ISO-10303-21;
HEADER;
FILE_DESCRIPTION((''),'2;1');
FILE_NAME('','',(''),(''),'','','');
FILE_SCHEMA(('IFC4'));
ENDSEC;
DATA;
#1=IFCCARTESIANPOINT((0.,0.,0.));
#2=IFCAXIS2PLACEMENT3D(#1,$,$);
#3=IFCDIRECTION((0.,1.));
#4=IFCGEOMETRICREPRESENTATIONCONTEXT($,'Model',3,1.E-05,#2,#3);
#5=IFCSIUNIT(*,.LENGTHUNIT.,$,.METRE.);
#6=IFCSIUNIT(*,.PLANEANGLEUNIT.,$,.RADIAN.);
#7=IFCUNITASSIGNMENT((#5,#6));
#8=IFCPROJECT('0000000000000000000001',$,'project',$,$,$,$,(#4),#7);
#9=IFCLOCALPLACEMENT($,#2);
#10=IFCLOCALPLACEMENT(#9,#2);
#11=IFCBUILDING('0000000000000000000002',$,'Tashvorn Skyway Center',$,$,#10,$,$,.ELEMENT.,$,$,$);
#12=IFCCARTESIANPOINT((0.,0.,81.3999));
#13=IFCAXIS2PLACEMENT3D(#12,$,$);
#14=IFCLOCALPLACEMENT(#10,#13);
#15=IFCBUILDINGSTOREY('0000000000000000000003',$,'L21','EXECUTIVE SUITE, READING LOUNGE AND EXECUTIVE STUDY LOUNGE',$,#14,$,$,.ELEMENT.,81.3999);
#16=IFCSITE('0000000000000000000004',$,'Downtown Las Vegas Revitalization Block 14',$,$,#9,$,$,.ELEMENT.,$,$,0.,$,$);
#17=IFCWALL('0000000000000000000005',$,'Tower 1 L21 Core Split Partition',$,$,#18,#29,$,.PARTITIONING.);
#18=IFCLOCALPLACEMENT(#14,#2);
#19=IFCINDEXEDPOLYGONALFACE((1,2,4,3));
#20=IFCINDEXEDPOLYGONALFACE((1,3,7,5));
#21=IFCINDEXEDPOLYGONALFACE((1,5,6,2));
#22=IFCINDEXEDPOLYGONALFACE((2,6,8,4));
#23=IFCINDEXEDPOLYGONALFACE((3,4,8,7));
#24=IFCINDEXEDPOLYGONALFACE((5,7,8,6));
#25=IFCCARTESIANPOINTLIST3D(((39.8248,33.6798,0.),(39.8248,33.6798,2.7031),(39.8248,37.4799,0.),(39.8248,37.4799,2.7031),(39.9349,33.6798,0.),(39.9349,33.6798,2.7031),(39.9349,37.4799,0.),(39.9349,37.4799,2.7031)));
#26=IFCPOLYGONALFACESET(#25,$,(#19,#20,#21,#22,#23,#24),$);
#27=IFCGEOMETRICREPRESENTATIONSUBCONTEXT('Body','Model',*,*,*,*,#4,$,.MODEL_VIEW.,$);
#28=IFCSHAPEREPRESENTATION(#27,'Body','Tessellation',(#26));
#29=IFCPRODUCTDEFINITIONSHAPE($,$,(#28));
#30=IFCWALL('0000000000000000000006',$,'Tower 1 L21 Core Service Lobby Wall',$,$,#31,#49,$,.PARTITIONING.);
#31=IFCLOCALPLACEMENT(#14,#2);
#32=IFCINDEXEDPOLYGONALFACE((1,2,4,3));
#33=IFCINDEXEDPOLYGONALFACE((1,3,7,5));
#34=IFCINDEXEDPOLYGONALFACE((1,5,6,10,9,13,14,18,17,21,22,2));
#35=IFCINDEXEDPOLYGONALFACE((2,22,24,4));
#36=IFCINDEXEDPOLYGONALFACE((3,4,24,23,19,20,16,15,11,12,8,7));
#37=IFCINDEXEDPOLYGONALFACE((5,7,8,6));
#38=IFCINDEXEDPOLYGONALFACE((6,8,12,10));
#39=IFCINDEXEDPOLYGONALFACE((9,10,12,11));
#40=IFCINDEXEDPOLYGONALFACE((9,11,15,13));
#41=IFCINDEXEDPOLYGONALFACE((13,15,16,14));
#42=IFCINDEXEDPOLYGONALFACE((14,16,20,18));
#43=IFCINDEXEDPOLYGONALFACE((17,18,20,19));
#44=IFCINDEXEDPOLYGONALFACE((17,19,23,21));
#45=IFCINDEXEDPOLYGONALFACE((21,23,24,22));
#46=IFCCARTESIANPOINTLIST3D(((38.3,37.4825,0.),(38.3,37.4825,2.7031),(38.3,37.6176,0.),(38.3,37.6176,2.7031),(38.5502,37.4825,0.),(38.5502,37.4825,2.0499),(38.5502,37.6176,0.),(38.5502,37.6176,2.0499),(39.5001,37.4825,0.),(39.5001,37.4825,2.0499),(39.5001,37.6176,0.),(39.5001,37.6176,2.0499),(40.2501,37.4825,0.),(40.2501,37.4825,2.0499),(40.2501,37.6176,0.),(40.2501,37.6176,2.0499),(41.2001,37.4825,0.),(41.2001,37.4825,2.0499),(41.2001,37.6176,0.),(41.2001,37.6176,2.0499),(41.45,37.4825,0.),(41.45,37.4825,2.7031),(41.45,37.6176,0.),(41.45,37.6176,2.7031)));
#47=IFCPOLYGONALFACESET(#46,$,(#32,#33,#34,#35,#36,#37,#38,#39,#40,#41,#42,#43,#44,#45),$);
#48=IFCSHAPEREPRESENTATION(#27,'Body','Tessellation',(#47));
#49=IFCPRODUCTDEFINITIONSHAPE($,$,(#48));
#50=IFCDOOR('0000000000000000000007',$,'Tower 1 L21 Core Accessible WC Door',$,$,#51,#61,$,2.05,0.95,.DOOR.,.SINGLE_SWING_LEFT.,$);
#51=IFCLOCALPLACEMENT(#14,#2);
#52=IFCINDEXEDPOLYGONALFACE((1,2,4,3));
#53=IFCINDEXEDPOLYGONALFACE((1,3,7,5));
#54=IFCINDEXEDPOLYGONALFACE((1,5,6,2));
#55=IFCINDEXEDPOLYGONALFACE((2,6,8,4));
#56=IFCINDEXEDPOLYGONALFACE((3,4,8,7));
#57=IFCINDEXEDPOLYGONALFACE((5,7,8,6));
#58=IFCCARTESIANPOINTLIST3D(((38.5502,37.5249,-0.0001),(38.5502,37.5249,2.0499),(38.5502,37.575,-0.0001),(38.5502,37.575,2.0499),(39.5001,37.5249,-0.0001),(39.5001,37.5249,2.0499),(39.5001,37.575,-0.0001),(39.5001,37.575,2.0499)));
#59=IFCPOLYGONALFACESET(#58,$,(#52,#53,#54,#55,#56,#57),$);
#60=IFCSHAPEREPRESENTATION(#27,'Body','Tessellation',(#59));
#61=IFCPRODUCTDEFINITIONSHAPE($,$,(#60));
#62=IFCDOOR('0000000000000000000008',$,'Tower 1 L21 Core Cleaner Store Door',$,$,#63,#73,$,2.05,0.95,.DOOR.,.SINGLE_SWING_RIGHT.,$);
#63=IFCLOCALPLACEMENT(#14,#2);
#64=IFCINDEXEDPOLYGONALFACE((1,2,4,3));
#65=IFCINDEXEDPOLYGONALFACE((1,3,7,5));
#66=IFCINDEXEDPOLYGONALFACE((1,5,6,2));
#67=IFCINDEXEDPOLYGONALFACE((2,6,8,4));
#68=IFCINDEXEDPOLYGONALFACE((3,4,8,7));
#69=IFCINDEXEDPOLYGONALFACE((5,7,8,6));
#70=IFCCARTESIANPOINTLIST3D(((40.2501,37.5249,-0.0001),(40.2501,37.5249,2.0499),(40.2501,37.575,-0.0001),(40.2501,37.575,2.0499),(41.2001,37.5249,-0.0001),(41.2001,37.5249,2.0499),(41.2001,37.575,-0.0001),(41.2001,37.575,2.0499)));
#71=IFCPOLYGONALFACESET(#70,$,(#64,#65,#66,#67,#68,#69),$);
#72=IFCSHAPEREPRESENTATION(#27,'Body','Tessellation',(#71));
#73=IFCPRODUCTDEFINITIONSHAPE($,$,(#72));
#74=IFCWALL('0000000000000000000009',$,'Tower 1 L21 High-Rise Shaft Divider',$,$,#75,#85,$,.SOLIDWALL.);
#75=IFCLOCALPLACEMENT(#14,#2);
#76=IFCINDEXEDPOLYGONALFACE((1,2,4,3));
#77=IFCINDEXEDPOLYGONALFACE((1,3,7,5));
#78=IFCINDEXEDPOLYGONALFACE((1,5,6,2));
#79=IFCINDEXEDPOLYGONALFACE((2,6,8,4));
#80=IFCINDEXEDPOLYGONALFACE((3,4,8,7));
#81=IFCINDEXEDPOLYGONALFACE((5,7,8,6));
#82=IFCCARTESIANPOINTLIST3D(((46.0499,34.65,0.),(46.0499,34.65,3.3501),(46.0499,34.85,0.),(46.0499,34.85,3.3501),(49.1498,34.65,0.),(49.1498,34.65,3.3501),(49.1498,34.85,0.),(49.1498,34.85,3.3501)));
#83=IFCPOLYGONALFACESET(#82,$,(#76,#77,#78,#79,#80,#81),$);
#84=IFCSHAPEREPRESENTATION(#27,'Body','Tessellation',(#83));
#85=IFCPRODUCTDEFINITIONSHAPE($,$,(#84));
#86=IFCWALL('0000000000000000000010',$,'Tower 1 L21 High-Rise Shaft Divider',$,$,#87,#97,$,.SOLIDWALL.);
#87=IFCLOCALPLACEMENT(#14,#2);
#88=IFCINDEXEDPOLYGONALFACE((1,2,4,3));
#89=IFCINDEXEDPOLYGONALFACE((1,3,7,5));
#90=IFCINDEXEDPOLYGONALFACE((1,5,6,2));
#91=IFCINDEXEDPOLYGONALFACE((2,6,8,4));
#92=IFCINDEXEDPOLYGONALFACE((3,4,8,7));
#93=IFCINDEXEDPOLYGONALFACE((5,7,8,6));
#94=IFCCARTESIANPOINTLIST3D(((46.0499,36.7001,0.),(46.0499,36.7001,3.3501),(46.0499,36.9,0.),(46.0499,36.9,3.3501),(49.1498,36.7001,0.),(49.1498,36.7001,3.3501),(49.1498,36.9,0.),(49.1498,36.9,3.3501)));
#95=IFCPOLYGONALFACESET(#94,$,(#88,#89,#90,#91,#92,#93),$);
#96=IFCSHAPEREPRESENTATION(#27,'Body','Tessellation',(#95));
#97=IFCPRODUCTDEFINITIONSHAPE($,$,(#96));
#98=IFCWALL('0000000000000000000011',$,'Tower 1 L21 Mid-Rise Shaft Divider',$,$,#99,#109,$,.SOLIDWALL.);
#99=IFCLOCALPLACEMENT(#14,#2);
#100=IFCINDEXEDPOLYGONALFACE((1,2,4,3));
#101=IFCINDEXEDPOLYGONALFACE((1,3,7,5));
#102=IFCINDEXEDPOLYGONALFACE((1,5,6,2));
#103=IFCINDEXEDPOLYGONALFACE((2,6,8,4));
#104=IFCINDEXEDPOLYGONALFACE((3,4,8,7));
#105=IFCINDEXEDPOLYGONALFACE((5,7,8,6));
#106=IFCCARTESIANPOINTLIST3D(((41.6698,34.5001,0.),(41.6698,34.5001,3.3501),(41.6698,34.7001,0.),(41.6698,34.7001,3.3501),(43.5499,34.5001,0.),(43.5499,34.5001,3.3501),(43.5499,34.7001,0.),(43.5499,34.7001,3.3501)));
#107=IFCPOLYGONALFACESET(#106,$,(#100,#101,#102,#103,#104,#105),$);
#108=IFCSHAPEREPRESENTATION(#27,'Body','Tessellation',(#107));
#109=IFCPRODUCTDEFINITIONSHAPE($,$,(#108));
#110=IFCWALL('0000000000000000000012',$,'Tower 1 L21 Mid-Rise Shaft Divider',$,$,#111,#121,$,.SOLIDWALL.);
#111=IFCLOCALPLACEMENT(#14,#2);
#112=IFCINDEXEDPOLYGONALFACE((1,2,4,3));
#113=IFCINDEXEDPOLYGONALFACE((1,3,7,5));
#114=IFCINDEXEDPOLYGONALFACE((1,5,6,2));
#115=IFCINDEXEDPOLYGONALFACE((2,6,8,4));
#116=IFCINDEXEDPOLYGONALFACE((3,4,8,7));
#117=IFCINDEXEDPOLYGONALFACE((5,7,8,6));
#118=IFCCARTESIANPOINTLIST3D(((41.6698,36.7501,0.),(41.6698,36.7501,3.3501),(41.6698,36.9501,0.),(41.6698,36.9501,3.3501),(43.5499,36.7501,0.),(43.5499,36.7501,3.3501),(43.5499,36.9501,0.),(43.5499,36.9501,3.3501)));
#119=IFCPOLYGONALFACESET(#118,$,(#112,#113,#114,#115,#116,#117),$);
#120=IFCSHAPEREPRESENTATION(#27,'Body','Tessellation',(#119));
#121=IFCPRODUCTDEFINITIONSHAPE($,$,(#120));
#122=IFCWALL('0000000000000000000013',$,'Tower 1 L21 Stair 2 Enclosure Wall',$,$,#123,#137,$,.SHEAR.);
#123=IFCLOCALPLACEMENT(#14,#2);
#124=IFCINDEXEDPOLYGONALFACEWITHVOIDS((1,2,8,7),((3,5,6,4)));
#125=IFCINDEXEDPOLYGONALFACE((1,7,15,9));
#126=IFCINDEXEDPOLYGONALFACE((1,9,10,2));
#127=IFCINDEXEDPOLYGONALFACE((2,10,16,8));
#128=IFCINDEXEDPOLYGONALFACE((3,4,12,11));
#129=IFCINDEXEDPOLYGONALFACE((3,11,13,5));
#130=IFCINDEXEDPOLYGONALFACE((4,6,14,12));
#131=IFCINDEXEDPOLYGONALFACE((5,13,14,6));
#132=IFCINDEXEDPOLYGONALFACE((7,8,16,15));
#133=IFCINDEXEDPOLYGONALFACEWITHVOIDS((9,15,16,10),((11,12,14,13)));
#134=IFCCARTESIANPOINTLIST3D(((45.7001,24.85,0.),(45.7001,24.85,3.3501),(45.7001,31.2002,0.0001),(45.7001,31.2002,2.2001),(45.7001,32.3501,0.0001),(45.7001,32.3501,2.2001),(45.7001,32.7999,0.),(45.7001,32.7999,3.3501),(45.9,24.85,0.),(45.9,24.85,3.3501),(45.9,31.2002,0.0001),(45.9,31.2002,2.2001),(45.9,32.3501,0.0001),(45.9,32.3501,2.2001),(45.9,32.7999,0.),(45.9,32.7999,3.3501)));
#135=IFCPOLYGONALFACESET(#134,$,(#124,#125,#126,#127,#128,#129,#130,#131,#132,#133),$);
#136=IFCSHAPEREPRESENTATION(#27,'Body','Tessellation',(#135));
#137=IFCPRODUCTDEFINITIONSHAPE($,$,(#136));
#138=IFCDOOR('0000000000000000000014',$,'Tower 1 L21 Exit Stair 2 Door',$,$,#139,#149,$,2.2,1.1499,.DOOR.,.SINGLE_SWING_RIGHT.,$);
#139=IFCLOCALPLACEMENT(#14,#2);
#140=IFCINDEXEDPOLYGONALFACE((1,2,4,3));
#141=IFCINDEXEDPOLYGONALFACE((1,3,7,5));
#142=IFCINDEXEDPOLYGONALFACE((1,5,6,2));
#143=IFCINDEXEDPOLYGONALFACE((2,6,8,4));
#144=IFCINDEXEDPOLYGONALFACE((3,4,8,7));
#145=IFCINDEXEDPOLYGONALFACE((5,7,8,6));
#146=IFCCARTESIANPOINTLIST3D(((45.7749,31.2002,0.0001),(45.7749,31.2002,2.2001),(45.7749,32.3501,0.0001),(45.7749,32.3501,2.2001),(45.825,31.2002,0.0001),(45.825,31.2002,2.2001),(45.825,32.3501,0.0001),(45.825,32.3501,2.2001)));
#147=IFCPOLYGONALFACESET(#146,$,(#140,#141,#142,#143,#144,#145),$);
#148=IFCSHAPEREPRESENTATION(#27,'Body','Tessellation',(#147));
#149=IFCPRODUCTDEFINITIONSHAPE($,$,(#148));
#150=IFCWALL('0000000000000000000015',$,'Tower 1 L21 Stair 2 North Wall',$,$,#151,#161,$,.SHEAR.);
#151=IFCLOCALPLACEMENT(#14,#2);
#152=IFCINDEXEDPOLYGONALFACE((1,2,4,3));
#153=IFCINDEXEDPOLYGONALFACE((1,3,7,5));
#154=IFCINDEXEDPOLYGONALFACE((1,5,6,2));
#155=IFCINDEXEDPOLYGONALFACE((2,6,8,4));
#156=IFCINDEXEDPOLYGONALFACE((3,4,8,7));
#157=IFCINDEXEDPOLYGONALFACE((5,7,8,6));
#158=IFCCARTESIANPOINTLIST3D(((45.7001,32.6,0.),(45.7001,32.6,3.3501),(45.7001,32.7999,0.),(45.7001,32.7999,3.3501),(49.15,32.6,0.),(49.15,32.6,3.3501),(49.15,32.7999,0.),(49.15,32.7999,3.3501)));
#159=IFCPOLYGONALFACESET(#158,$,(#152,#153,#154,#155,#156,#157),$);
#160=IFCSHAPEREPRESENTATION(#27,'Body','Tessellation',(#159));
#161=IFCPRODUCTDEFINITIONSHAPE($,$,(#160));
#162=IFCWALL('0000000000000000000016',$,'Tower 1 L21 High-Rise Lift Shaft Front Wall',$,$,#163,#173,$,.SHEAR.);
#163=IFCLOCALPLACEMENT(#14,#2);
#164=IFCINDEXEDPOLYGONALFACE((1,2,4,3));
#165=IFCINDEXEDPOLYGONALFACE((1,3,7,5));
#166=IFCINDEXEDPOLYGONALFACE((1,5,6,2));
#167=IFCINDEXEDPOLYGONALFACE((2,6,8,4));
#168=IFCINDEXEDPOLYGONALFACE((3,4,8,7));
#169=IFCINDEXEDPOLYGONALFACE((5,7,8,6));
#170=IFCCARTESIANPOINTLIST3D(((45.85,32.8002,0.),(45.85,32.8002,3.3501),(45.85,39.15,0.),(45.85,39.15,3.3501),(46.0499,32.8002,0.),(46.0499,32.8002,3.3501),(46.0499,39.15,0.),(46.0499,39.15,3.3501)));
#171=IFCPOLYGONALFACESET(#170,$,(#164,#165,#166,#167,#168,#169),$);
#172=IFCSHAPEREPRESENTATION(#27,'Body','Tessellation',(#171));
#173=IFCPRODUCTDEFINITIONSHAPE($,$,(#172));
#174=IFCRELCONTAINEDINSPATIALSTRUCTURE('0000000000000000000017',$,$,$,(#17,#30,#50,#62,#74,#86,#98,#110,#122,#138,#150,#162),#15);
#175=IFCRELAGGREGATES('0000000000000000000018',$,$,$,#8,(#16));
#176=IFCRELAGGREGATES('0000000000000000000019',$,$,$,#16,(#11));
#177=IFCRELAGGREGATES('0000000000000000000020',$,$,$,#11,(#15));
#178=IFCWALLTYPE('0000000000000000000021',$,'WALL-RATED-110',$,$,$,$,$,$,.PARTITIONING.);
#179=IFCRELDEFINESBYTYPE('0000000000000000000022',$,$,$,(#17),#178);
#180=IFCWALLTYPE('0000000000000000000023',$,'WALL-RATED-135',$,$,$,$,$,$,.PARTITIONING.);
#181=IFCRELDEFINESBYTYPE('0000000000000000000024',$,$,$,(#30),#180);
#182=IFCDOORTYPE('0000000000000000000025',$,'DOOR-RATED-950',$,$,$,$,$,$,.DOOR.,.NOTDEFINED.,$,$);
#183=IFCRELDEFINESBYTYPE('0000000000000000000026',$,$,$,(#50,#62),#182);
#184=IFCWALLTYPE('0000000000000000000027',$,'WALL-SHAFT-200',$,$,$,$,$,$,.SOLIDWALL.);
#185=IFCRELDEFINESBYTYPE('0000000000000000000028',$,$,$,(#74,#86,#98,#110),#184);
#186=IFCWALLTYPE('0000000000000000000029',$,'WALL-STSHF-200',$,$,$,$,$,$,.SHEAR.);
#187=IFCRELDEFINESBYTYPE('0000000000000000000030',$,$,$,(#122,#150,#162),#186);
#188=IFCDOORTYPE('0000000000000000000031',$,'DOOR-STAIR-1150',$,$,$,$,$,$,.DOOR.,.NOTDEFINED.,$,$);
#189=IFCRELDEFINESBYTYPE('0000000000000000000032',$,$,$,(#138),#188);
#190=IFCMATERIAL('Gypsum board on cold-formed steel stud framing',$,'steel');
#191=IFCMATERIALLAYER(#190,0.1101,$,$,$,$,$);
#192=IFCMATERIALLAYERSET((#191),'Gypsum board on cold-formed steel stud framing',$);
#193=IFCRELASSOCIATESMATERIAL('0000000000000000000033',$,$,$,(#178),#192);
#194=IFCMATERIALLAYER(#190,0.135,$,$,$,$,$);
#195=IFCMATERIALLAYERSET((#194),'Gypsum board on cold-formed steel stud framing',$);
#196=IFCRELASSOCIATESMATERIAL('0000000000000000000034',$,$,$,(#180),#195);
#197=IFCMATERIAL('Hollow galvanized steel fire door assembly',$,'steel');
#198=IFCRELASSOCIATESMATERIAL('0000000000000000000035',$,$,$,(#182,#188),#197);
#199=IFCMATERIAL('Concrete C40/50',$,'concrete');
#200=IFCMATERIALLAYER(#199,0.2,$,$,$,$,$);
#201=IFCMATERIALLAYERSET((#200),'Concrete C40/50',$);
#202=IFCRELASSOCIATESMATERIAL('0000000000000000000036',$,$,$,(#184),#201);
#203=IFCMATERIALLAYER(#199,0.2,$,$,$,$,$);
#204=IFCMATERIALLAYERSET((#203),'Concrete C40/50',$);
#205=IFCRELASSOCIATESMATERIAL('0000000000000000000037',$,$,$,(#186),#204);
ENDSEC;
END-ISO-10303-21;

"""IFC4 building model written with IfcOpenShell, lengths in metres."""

from ifc_helpers import new_model, si_unit, direction, frame, frame_2d, origin, place, context, subcontext, project, spatial, rectangle, extrude, material, layer, layer_set, type_object, element, fill, save


model = new_model("IFC4")

# Units and contexts
model_context = context("Model", 3, precision=1e-05, world=origin(), true_north=direction((0.0, 1.0)))
body_context = subcontext(model_context, "Body", "Model", "MODEL_VIEW")
ifc_project = project(units=[si_unit("LENGTHUNIT", "METRE"), si_unit("PLANEANGLEUNIT", "RADIAN")], contexts=[model_context])

# Site, building, storey
site_placement = place(None, origin())
site = spatial("IfcSite", under=ifc_project, at=site_placement, Name="Downtown Las Vegas Revitalization Block 14", CompositionType="ELEMENT", RefElevation=0.0)
building_placement = place(site_placement, origin())
building = spatial("IfcBuilding", under=site, at=building_placement, Name="Tashvorn Skyway Center", CompositionType="ELEMENT")
storey_placement = place(building_placement, frame((0.0, 0.0, 81.3999)))
storey = spatial("IfcBuildingStorey", under=building, at=storey_placement, Name="L21", Description="EXECUTIVE SUITE, READING LOUNGE AND EXECUTIVE STUDY LOUNGE", CompositionType="ELEMENT", Elevation=81.3999)

# Wall
ifc_material_1 = material(Name="Concrete C40/50", Category="concrete")
ifc_material_2 = material(Name="Gypsum board on cold-formed steel stud framing", Category="steel")
ifc_layer_1 = layer(ifc_material_2, 0.1101)
ifc_layer_set_1 = layer_set([ifc_layer_1], Name="Gypsum board on cold-formed steel stud framing")
wall_type_1 = type_object("IfcWallType", Name="WALL-RATED-110", PredefinedType="PARTITIONING", material=ifc_layer_set_1)
wall_1_placement = place(storey_placement, frame((39.8799, 33.6799, 0.0), z_axis=(0.0, 0.0, 1.0), x_axis=(0.0, 1.0, 0.0)))
element("IfcWall", 1, at=wall_1_placement, inside=storey, type_object=wall_type_1, Name="Tower 1 L21 Core Split Partition", PredefinedType="PARTITIONING", context=body_context, shape_type="SweptSolid", body=[
    extrude(rectangle(XDim=3.8, YDim=0.1101, at=frame_2d((1.8999, 0.0))), origin(), (0.0, 0.0, 1.0), 2.7031),
])

# Wall, openings, doors
ifc_layer_2 = layer(ifc_material_2, 0.135)
ifc_layer_set_2 = layer_set([ifc_layer_2], Name="Gypsum board on cold-formed steel stud framing")
wall_type_2 = type_object("IfcWallType", Name="WALL-RATED-135", PredefinedType="PARTITIONING", material=ifc_layer_set_2)
wall_2_placement = place(storey_placement, frame((38.3, 37.55, 0.0), z_axis=(0.0, 0.0, 1.0), x_axis=(1.0, 0.0, 0.0)))
wall_2 = element("IfcWall", 2, at=wall_2_placement, inside=storey, type_object=wall_type_2, Name="Tower 1 L21 Core Service Lobby Wall", PredefinedType="PARTITIONING", context=body_context, shape_type="SweptSolid", body=[
    extrude(rectangle(XDim=3.1499, YDim=0.135, at=frame_2d((1.575, 0.0))), origin(), (0.0, 0.0, 1.0), 2.7031),
])
opening_1_placement = place(wall_2_placement, frame((0.25, 0.0, 0.0)))
opening_1 = element("IfcOpeningElement", 3, at=opening_1_placement, cuts=wall_2, PredefinedType="OPENING", context=body_context, shape_type="SweptSolid", body=[
    extrude(rectangle(XDim=0.95, YDim=2.05, at=frame_2d((0.4751, 1.0249))), frame((0.0, 0.0774, 0.0), z_axis=(0.0, -1.0, 0.0), x_axis=(1.0, 0.0, 0.0)), (0.0, 0.0, 1.0), 0.155),
])
opening_2_placement = place(wall_2_placement, frame((1.95, 0.0, 0.0)))
opening_2 = element("IfcOpeningElement", 4, at=opening_2_placement, cuts=wall_2, PredefinedType="OPENING", context=body_context, shape_type="SweptSolid", body=[
    extrude(rectangle(XDim=0.95, YDim=2.05, at=frame_2d((0.4751, 1.0249))), frame((0.0, 0.0774, 0.0), z_axis=(0.0, -1.0, 0.0), x_axis=(1.0, 0.0, 0.0)), (0.0, 0.0, 1.0), 0.155),
])
ifc_material_3 = material(Name="Hollow galvanized steel fire door assembly", Category="steel")
door_type_1 = type_object("IfcDoorType", Name="DOOR-RATED-950", OperationType="NOTDEFINED", PredefinedType="DOOR", material=ifc_material_3)
door_1_placement = place(opening_1_placement, origin())
door_1 = element("IfcDoor", 5, at=door_1_placement, inside=storey, type_object=door_type_1, Name="Tower 1 L21 Core Accessible WC Door", OperationType="SINGLE_SWING_LEFT", OverallHeight=2.05, OverallWidth=0.95, PredefinedType="DOOR", context=body_context, shape_type="SweptSolid", body=[
    extrude(rectangle(XDim=0.95, YDim=2.05, at=frame_2d((0.4751, 1.0249))), frame((0.0, 0.0249, 0.0), z_axis=(0.0, -1.0, 0.0), x_axis=(1.0, 0.0, 0.0)), (0.0, 0.0, 1.0), 0.05),
])
fill(opening_1, door_1)
door_2_placement = place(opening_2_placement, origin())
door_2 = element("IfcDoor", 6, at=door_2_placement, inside=storey, type_object=door_type_1, Name="Tower 1 L21 Core Cleaner Store Door", OperationType="SINGLE_SWING_RIGHT", OverallHeight=2.05, OverallWidth=0.95, PredefinedType="DOOR", context=body_context, shape_type="SweptSolid", body=[
    extrude(rectangle(XDim=0.95, YDim=2.05, at=frame_2d((0.4751, 1.0249))), frame((0.0, 0.0249, 0.0), z_axis=(0.0, -1.0, 0.0), x_axis=(1.0, 0.0, 0.0)), (0.0, 0.0, 1.0), 0.05),
])
fill(opening_2, door_2)

# Walls
ifc_layer_3 = layer(ifc_material_1, 0.2)
ifc_layer_set_3 = layer_set([ifc_layer_3], Name="Concrete C40/50")
wall_type_3 = type_object("IfcWallType", Name="WALL-SHAFT-200", PredefinedType="SOLIDWALL", material=ifc_layer_set_3)
for number, where, z_axis, x_axis, name in (
    (7, (46.05, 34.75, 0.0), (0.0, 0.0, 1.0), (1.0, 0.0, 0.0), "Tower 1 L21 High-Rise Shaft Divider"),
    (8, (46.05, 36.8, 0.0), (0.0, 0.0, 1.0), (1.0, 0.0, 0.0), "Tower 1 L21 High-Rise Shaft Divider"),
):
    element("IfcWall", number, at=place(storey_placement, frame(where, z_axis=z_axis, x_axis=x_axis)), inside=storey, type_object=wall_type_3, Name=name, PredefinedType="SOLIDWALL", context=body_context, shape_type="SweptSolid", body=[
        extrude(rectangle(XDim=3.0999, YDim=0.2, at=frame_2d((1.5498, 0.0))), origin(), (0.0, 0.0, 1.0), 3.3501),
    ])
for number, where, z_axis, x_axis, name in (
    (9, (41.6699, 34.6001, 0.0), (0.0, 0.0, 1.0), (1.0, 0.0, 0.0), "Tower 1 L21 Mid-Rise Shaft Divider"),
    (10, (41.6699, 36.8501, 0.0), (0.0, 0.0, 1.0), (1.0, 0.0, 0.0), "Tower 1 L21 Mid-Rise Shaft Divider"),
):
    element("IfcWall", number, at=place(storey_placement, frame(where, z_axis=z_axis, x_axis=x_axis)), inside=storey, type_object=wall_type_3, Name=name, PredefinedType="SOLIDWALL", context=body_context, shape_type="SweptSolid", body=[
        extrude(rectangle(XDim=1.8801, YDim=0.2, at=frame_2d((0.9399, 0.0))), origin(), (0.0, 0.0, 1.0), 3.3501),
    ])

# Wall, opening, door
ifc_layer_4 = layer(ifc_material_1, 0.2)
ifc_layer_set_4 = layer_set([ifc_layer_4], Name="Concrete C40/50")
wall_type_4 = type_object("IfcWallType", Name="WALL-STSHF-200", PredefinedType="SHEAR", material=ifc_layer_set_4)
wall_3_placement = place(storey_placement, frame((45.8, 32.8, 0.0), z_axis=(0.0, 0.0, 1.0), x_axis=(0.0, -1.0, 0.0)))
wall_3 = element("IfcWall", 11, at=wall_3_placement, inside=storey, type_object=wall_type_4, Name="Tower 1 L21 Stair 2 Enclosure Wall", PredefinedType="SHEAR", context=body_context, shape_type="SweptSolid", body=[
    extrude(rectangle(XDim=7.95, YDim=0.2, at=frame_2d((3.9751, 0.0))), origin(), (0.0, 0.0, 1.0), 3.3501),
])
opening_3_placement = place(wall_3_placement, frame((0.45, 0.0, 0.0)))
opening_3 = element("IfcOpeningElement", 12, at=opening_3_placement, cuts=wall_3, PredefinedType="OPENING", context=body_context, shape_type="SweptSolid", body=[
    extrude(rectangle(XDim=1.1499, YDim=2.2, at=frame_2d((0.575, 1.1001))), frame((0.0, 0.1099, 0.0), z_axis=(0.0, -1.0, 0.0), x_axis=(1.0, 0.0, 0.0)), (0.0, 0.0, 1.0), 0.22),
])
door_type_2 = type_object("IfcDoorType", Name="DOOR-STAIR-1150", OperationType="NOTDEFINED", PredefinedType="DOOR", material=ifc_material_3)
door_3_placement = place(opening_3_placement, origin())
door_3 = element("IfcDoor", 13, at=door_3_placement, inside=storey, type_object=door_type_2, Name="Tower 1 L21 Exit Stair 2 Door", OperationType="SINGLE_SWING_RIGHT", OverallHeight=2.2, OverallWidth=1.1499, PredefinedType="DOOR", context=body_context, shape_type="SweptSolid", body=[
    extrude(rectangle(XDim=1.1499, YDim=2.2, at=frame_2d((0.575, 1.1001))), frame((0.0, 0.0249, 0.0), z_axis=(0.0, -1.0, 0.0), x_axis=(1.0, 0.0, 0.0)), (0.0, 0.0, 1.0), 0.05),
])
fill(opening_3, door_3)

# Walls
wall_4_placement = place(storey_placement, frame((45.7, 32.7, 0.0), z_axis=(0.0, 0.0, 1.0), x_axis=(1.0, 0.0, 0.0)))
element("IfcWall", 14, at=wall_4_placement, inside=storey, type_object=wall_type_4, Name="Tower 1 L21 Stair 2 North Wall", PredefinedType="SHEAR", context=body_context, shape_type="SweptSolid", body=[
    extrude(rectangle(XDim=3.45, YDim=0.2, at=frame_2d((1.7251, 0.0))), origin(), (0.0, 0.0, 1.0), 3.3501),
])
wall_5_placement = place(storey_placement, frame((45.95, 39.1499, 0.0), z_axis=(0.0, 0.0, 1.0), x_axis=(0.0, -1.0, 0.0)))
element("IfcWall", 15, at=wall_5_placement, inside=storey, type_object=wall_type_4, Name="Tower 1 L21 High-Rise Lift Shaft Front Wall", PredefinedType="SHEAR", context=body_context, shape_type="SweptSolid", body=[
    extrude(rectangle(XDim=6.3499, YDim=0.2, at=frame_2d((3.1748, 0.0))), origin(), (0.0, 0.0, 1.0), 3.3501),
])

save(model, "model.ifc")
